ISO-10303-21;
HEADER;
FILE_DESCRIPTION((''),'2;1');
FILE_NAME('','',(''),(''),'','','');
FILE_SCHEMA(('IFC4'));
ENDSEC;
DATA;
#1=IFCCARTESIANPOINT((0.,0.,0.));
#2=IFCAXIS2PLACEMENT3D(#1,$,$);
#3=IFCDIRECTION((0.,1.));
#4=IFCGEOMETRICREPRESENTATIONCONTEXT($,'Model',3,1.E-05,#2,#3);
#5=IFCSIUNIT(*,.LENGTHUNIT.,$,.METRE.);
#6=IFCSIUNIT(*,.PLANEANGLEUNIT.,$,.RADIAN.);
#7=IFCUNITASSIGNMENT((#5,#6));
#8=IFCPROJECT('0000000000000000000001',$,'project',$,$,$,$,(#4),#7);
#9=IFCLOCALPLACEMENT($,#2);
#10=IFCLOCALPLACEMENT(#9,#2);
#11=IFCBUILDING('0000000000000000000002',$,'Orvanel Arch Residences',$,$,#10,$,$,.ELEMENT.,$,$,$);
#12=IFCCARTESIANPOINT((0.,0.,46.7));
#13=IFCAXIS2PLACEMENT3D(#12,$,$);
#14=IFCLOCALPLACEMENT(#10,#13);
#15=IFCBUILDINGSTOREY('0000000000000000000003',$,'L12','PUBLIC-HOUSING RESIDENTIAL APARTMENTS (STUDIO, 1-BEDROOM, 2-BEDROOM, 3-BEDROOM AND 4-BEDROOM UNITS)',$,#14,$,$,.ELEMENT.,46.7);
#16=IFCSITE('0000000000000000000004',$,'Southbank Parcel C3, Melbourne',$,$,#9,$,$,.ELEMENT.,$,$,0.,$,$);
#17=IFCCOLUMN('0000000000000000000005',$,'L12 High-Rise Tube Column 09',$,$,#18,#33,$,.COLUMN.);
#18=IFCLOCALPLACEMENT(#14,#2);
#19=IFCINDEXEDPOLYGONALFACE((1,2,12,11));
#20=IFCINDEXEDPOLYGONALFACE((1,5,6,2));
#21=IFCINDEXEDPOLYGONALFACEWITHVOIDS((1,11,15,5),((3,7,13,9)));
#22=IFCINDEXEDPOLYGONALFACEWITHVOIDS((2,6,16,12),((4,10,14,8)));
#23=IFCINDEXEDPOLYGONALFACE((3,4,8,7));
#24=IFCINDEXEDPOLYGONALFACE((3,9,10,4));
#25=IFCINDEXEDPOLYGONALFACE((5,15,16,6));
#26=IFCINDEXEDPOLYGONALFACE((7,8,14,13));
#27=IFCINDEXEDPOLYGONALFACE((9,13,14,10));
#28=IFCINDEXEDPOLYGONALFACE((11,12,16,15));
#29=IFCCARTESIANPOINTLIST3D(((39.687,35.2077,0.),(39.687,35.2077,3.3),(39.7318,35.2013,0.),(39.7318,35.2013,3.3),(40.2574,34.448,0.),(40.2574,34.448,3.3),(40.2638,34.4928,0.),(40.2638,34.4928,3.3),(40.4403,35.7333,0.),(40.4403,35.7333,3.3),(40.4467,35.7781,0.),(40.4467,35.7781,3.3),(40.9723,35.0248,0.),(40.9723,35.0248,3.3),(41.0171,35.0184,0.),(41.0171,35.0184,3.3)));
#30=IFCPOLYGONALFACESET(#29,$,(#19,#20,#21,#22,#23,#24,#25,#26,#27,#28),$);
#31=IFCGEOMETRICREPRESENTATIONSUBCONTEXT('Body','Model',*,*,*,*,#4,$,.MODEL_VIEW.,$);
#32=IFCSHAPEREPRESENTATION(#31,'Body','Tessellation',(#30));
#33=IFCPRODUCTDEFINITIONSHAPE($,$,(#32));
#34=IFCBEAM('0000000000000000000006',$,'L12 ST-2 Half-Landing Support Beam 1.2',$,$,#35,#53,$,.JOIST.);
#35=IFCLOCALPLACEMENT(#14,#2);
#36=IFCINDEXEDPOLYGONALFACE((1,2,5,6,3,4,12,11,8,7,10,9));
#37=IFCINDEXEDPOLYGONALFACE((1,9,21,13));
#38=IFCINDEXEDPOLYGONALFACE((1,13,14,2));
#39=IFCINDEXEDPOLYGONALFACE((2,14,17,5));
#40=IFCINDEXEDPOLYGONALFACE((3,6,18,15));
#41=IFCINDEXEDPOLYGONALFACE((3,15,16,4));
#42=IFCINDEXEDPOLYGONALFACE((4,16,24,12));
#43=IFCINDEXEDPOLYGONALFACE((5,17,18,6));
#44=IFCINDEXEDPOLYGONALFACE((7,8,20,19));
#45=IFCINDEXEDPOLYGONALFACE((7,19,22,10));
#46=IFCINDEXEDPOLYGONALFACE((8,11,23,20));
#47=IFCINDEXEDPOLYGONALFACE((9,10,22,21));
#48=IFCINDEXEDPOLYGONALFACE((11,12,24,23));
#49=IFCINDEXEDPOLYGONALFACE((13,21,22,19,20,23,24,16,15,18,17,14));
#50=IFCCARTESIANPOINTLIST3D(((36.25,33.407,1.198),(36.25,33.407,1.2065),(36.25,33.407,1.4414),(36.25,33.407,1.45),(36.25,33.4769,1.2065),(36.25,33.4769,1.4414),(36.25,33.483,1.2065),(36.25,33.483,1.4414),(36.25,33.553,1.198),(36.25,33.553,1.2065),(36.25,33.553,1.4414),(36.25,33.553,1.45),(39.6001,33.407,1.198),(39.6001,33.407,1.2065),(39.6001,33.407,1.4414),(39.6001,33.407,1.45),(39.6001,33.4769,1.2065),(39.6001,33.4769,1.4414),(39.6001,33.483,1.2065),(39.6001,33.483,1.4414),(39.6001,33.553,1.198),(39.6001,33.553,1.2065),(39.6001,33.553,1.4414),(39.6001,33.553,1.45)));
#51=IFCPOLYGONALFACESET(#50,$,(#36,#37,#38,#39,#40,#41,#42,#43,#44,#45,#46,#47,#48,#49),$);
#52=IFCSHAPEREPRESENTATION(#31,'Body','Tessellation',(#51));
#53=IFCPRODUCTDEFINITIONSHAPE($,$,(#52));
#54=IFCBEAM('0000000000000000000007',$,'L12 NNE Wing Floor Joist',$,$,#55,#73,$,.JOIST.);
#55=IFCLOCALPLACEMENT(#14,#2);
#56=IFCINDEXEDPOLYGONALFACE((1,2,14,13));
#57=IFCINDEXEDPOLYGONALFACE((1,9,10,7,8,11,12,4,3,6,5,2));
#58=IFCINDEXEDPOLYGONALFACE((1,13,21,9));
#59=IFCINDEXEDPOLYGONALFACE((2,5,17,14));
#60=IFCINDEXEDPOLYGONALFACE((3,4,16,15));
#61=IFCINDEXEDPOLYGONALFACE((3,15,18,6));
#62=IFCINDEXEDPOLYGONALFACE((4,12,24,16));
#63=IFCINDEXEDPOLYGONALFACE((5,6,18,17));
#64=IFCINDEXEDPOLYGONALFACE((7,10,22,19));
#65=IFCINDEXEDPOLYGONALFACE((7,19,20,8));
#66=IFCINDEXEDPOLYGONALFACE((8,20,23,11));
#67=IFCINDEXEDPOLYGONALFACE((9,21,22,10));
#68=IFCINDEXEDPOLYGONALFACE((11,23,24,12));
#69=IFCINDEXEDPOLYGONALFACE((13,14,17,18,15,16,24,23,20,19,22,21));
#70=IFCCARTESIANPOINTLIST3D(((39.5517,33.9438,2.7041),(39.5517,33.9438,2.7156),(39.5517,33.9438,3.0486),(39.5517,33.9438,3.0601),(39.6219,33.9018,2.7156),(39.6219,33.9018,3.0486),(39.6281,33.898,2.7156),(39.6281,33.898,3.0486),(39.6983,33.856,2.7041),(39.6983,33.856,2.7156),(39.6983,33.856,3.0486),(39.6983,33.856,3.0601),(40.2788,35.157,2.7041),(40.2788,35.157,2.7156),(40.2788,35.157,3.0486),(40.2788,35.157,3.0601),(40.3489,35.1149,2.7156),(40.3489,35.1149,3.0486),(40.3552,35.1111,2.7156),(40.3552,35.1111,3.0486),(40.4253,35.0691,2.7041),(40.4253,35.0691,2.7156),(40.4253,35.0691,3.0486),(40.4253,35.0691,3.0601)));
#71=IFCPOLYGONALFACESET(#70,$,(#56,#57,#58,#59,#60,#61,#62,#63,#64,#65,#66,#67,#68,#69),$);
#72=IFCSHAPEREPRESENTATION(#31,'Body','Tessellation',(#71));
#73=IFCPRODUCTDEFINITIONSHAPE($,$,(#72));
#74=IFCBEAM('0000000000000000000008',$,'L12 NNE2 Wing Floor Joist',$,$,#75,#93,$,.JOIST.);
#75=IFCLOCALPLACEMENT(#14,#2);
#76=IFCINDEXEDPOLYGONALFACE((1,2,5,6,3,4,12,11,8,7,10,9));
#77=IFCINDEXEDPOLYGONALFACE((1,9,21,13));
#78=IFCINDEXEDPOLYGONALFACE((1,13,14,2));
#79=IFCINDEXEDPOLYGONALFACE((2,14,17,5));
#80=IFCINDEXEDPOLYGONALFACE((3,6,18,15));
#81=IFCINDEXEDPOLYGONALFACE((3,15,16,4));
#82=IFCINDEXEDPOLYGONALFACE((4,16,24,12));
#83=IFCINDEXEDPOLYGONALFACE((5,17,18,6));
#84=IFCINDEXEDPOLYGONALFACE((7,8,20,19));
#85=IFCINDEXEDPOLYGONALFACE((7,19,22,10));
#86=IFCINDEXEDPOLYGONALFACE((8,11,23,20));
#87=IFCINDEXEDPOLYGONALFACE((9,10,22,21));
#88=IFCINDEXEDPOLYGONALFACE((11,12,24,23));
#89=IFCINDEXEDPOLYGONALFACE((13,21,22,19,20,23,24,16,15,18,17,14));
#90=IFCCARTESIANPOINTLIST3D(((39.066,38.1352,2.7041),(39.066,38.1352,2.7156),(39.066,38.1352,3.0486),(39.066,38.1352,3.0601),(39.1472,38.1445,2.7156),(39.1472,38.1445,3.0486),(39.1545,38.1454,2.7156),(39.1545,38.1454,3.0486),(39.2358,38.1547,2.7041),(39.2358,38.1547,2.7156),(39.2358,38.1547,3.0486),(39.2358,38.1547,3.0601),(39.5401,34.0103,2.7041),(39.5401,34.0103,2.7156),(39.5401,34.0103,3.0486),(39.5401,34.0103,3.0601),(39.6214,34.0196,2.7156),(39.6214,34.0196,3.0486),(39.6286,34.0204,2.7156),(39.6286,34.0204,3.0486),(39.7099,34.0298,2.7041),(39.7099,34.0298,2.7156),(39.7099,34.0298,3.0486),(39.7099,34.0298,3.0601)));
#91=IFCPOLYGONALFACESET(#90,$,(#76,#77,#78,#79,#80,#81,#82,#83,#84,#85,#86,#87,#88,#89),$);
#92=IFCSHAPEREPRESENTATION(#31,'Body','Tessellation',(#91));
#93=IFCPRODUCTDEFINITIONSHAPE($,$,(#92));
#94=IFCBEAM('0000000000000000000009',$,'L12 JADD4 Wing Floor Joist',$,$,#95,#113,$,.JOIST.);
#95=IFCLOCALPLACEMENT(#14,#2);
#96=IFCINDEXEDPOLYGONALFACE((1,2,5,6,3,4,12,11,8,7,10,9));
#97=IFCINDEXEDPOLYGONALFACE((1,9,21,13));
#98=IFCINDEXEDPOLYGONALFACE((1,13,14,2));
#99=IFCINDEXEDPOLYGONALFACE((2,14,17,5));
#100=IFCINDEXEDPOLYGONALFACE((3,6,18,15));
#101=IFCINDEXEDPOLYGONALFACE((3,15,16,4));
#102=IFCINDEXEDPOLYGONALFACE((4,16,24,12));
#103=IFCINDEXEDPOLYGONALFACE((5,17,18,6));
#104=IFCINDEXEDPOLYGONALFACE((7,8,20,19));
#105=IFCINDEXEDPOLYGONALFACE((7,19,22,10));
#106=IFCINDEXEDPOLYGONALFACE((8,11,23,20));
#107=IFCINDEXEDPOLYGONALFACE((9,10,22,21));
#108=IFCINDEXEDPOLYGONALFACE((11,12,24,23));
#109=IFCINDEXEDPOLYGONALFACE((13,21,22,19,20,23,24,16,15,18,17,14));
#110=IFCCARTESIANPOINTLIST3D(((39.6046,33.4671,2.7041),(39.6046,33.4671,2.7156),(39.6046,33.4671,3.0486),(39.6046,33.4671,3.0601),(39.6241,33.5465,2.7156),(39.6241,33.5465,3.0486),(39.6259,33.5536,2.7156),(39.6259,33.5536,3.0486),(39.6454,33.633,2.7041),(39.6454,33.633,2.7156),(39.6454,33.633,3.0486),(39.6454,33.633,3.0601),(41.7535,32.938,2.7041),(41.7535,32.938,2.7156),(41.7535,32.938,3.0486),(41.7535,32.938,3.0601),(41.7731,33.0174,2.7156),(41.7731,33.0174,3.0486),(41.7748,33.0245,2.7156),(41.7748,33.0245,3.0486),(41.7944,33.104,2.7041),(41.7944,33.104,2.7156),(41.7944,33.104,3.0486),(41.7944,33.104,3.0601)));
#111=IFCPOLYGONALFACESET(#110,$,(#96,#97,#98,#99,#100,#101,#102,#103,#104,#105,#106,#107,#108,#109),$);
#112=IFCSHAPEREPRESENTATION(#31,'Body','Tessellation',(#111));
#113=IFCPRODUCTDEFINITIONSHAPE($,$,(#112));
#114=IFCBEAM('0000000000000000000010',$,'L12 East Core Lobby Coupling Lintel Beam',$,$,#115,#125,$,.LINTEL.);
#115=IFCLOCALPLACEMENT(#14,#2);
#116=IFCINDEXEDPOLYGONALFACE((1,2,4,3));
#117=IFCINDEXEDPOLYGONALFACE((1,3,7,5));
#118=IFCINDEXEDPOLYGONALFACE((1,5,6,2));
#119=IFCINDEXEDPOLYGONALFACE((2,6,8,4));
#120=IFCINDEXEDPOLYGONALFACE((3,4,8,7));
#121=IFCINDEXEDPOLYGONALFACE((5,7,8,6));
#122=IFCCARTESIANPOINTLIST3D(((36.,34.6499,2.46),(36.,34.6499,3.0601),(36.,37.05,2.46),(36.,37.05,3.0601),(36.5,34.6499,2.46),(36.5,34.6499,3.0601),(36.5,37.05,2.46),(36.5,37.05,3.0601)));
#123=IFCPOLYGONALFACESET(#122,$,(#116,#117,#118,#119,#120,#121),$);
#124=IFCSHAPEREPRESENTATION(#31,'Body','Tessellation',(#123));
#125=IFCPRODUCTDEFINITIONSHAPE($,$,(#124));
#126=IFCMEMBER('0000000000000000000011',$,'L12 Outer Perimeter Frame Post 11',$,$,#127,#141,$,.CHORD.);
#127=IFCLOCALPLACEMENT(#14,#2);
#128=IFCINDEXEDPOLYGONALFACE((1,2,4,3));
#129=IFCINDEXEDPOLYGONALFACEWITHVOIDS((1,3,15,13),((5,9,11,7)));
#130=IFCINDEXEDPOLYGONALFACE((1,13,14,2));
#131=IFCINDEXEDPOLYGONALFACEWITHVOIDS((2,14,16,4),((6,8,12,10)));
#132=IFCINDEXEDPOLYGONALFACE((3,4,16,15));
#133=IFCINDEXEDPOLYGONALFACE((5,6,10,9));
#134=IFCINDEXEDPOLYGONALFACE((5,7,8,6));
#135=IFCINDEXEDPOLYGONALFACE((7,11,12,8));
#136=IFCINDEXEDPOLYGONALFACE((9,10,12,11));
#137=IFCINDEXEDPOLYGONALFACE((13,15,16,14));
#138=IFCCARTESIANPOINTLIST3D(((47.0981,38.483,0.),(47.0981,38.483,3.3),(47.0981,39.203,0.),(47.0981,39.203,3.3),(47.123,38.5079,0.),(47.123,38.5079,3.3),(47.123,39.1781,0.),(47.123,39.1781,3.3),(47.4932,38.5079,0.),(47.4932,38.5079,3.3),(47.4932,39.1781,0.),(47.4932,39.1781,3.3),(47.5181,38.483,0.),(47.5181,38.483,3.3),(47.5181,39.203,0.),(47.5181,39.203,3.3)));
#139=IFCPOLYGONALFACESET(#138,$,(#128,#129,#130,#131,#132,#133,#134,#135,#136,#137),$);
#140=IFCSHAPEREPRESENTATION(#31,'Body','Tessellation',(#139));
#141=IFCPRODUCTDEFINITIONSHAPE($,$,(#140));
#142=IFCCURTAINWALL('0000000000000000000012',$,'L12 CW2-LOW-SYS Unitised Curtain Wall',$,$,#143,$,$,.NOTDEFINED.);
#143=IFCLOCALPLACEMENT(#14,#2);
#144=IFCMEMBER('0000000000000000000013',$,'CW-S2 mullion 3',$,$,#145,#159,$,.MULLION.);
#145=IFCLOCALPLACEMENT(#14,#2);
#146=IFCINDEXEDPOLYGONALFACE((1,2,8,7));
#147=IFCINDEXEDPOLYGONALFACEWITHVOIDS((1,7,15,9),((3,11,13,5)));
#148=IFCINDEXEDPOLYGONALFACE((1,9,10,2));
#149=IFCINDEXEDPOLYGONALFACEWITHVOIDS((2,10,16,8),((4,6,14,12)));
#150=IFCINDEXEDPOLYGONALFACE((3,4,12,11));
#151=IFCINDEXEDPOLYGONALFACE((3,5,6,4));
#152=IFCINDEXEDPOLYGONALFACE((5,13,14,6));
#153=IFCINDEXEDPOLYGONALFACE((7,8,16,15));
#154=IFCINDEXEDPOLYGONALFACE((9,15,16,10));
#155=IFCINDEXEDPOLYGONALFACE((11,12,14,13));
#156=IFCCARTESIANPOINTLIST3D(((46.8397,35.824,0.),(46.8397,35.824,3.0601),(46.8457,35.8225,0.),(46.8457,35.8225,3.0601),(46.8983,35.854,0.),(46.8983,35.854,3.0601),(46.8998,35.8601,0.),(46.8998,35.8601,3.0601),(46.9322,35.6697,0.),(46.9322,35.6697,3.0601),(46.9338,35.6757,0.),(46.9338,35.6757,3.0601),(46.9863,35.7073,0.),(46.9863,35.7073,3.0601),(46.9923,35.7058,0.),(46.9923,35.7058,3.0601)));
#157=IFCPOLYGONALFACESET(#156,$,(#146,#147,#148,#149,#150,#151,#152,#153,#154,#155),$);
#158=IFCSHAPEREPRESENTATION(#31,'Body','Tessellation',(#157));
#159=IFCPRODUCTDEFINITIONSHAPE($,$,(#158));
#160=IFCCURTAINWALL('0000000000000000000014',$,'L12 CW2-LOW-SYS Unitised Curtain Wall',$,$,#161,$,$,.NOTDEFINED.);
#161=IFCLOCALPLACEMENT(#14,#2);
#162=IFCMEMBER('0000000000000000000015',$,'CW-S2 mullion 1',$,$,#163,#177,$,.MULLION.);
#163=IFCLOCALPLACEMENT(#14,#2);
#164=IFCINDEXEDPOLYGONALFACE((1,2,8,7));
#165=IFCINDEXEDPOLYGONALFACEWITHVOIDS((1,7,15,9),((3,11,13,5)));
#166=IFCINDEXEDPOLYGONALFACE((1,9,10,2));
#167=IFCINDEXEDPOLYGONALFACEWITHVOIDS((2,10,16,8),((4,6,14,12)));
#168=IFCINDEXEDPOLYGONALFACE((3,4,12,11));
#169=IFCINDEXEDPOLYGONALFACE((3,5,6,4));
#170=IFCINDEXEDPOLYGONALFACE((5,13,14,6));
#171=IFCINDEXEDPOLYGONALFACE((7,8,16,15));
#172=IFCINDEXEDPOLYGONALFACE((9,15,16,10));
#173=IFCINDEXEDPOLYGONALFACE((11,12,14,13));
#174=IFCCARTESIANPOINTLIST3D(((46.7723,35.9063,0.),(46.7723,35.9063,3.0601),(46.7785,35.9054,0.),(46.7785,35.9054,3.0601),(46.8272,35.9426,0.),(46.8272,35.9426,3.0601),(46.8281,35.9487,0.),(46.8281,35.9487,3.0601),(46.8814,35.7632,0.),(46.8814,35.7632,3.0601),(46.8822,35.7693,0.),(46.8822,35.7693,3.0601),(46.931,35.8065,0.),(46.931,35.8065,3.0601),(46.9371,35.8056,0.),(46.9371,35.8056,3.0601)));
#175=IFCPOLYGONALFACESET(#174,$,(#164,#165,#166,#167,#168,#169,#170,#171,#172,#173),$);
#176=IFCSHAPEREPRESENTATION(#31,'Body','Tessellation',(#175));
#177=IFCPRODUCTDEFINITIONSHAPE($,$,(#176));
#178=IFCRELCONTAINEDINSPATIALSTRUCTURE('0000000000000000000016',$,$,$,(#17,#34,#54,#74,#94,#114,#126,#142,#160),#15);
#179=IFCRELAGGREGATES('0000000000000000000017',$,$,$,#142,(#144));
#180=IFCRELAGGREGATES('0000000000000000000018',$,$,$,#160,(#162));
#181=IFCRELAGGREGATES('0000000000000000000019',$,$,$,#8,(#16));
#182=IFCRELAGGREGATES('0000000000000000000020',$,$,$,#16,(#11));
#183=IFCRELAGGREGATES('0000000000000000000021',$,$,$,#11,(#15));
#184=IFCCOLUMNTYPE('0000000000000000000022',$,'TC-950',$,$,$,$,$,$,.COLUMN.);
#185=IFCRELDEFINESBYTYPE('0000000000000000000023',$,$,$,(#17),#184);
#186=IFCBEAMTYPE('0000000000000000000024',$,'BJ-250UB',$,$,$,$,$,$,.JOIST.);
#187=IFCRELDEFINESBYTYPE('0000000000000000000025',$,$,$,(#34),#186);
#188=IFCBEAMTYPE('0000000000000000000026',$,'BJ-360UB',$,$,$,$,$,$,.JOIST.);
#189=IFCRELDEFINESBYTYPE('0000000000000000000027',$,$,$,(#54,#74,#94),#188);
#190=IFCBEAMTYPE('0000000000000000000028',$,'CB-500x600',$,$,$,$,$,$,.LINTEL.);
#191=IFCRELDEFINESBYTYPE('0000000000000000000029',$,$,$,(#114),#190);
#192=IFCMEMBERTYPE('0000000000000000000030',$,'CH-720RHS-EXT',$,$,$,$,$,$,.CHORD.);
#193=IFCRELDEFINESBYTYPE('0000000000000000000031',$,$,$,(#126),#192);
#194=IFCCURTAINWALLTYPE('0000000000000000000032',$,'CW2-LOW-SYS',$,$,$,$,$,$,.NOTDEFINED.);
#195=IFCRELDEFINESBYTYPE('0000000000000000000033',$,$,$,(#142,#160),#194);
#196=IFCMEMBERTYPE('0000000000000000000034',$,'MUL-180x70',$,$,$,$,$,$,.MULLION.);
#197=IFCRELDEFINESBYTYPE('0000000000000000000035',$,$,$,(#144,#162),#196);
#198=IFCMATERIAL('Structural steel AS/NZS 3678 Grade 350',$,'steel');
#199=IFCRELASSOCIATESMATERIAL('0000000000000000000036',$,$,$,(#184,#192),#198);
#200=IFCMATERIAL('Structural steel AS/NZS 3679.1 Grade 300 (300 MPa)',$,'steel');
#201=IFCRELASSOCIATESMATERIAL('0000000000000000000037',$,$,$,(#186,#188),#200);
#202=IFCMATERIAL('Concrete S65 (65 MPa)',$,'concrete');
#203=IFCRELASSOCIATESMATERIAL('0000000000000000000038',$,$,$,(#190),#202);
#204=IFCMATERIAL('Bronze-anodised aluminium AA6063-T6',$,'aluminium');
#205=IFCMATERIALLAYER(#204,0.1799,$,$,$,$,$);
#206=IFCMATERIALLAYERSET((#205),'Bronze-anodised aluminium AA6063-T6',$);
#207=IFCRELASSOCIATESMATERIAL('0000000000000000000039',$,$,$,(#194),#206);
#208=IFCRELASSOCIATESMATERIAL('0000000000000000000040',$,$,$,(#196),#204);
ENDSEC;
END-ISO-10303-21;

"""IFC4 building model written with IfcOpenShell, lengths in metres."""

from ifc_helpers import new_model, si_unit, direction, frame, origin, origin_2d, place, context, subcontext, project, spatial, rectangle, hollow_rectangle, i_section, extrude, material, layer, layer_set, material_profile, profile_set, type_object, element, aggregate, save


model = new_model("IFC4")

# Units and contexts
model_context = context("Model", 3, precision=1e-05, world=origin(), true_north=direction((0.0, 1.0)))
body_context = subcontext(model_context, "Body", "Model", "MODEL_VIEW")
ifc_project = project(units=[si_unit("LENGTHUNIT", "METRE"), si_unit("PLANEANGLEUNIT", "RADIAN")], contexts=[model_context])

# Site, building, storey
site_placement = place(None, origin())
site = spatial("IfcSite", under=ifc_project, at=site_placement, Name="Southbank Parcel C3, Melbourne", CompositionType="ELEMENT", RefElevation=0.0)
building_placement = place(site_placement, origin())
building = spatial("IfcBuilding", under=site, at=building_placement, Name="Orvanel Arch Residences", CompositionType="ELEMENT")
storey_placement = place(building_placement, frame((0.0, 0.0, 46.7)))
storey = spatial("IfcBuildingStorey", under=building, at=storey_placement, Name="L12", Description="PUBLIC-HOUSING RESIDENTIAL APARTMENTS (STUDIO, 1-BEDROOM, 2-BEDROOM, 3-BEDROOM AND 4-BEDROOM UNITS)", CompositionType="ELEMENT", Elevation=46.7)

# Column
ifc_material_1 = material(Name="Structural steel AS/NZS 3678 Grade 350", Category="steel")
ifc_material_profile_1 = material_profile(ifc_material_1, hollow_rectangle(XDim=0.95, YDim=0.95, WallThickness=0.032, at=origin_2d()), Name="BOX950x950x32")
ifc_profile_set_1 = profile_set([ifc_material_profile_1], Name="Structural steel AS/NZS 3678 Grade 350")
column_type = type_object("IfcColumnType", Name="TC-950", PredefinedType="COLUMN", material=ifc_profile_set_1)
column_placement = place(storey_placement, frame((40.3521, 35.113, 0.0), z_axis=(0.0, 0.0, 1.0), x_axis=(-0.60042, 0.799685, 0.0)))
element("IfcColumn", 1, at=column_placement, inside=storey, type_object=column_type, Name="L12 High-Rise Tube Column 09", PredefinedType="COLUMN", context=body_context, shape_type="SweptSolid", body=[
    extrude(hollow_rectangle(XDim=0.95, YDim=0.95, WallThickness=0.032, at=origin_2d()), origin(), (0.0, 0.0, 1.0), 3.3),
])

# Beams
ifc_material_2 = material(Name="Structural steel AS/NZS 3679.1 Grade 300 (300 MPa)", Category="steel")
ifc_material_profile_2 = material_profile(ifc_material_2, i_section(OverallWidth=0.146, OverallDepth=0.252, WebThickness=0.0061, FlangeThickness=0.0085, at=origin_2d()), Name="250UB31.4")
ifc_profile_set_2 = profile_set([ifc_material_profile_2], Name="Structural steel AS/NZS 3679.1 Grade 300 (300 MPa)")
beam_type_1 = type_object("IfcBeamType", Name="BJ-250UB", PredefinedType="JOIST", material=ifc_profile_set_2)
beam_1_placement = place(storey_placement, frame((36.25, 33.48, 1.324), z_axis=(1.0, 0.0, 0.0), x_axis=(0.0, 1.0, 0.0)))
element("IfcBeam", 2, at=beam_1_placement, inside=storey, type_object=beam_type_1, Name="L12 ST-2 Half-Landing Support Beam 1.2", PredefinedType="JOIST", context=body_context, shape_type="SweptSolid", body=[
    extrude(i_section(OverallWidth=0.146, OverallDepth=0.252, WebThickness=0.0061, FlangeThickness=0.0085, at=origin_2d()), origin(), (0.0, 0.0, 1.0), 3.3501),
])
ifc_material_profile_3 = material_profile(ifc_material_2, i_section(OverallWidth=0.1709, OverallDepth=0.356, WebThickness=0.0073, FlangeThickness=0.0115, at=origin_2d()), Name="360UB50.7")
ifc_profile_set_3 = profile_set([ifc_material_profile_3], Name="Structural steel AS/NZS 3679.1 Grade 300 (300 MPa)")
beam_type_2 = type_object("IfcBeamType", Name="BJ-360UB", PredefinedType="JOIST", material=ifc_profile_set_3)
beam_2_placement = place(storey_placement, frame((39.625, 33.8999, 2.8821), z_axis=(0.514064, 0.857752, 0.0), x_axis=(-0.857752, 0.514064, 0.0)))
element("IfcBeam", 3, at=beam_2_placement, inside=storey, type_object=beam_type_2, Name="L12 NNE Wing Floor Joist", PredefinedType="JOIST", context=body_context, shape_type="SweptSolid", body=[
    extrude(i_section(OverallWidth=0.1709, OverallDepth=0.356, WebThickness=0.0073, FlangeThickness=0.0115, at=origin_2d()), origin(), (0.0, 0.0, 1.0), 1.4143),
])
beam_3_placement = place(storey_placement, frame((39.625, 34.02, 2.8821), z_axis=(-0.114187, 0.993459, 0.0), x_axis=(-0.993459, -0.114187, 0.0)))
element("IfcBeam", 4, at=beam_3_placement, inside=storey, type_object=beam_type_2, Name="L12 NNE2 Wing Floor Joist", PredefinedType="JOIST", context=body_context, shape_type="SweptSolid", body=[
    extrude(i_section(OverallWidth=0.1709, OverallDepth=0.356, WebThickness=0.0073, FlangeThickness=0.0115, at=origin_2d()), origin(), (0.0, 0.0, 1.0), 4.1521),
])
beam_4_placement = place(storey_placement, frame((39.625, 33.55, 2.8821), z_axis=(0.971006, -0.239056, 0.0), x_axis=(0.239056, 0.971006, 0.0)))
element("IfcBeam", 5, at=beam_4_placement, inside=storey, type_object=beam_type_2, Name="L12 JADD4 Wing Floor Joist", PredefinedType="JOIST", context=body_context, shape_type="SweptSolid", body=[
    extrude(i_section(OverallWidth=0.1709, OverallDepth=0.356, WebThickness=0.0073, FlangeThickness=0.0115, at=origin_2d()), origin(), (0.0, 0.0, 1.0), 2.2131),
])
ifc_material_3 = material(Name="Concrete S65 (65 MPa)", Category="concrete")
ifc_material_profile_4 = material_profile(ifc_material_3, rectangle(XDim=0.5, YDim=0.6001, at=origin_2d()), Name="RC500x600")
ifc_profile_set_4 = profile_set([ifc_material_profile_4], Name="Concrete S65 (65 MPa)")
beam_type_3 = type_object("IfcBeamType", Name="CB-500x600", PredefinedType="LINTEL", material=ifc_profile_set_4)
beam_5_placement = place(storey_placement, frame((36.25, 34.6499, 2.76), z_axis=(0.0, 1.0, 0.0), x_axis=(-1.0, 0.0, 0.0)))
element("IfcBeam", 6, at=beam_5_placement, inside=storey, type_object=beam_type_3, Name="L12 East Core Lobby Coupling Lintel Beam", PredefinedType="LINTEL", context=body_context, shape_type="SweptSolid", body=[
    extrude(rectangle(XDim=0.5, YDim=0.6001, at=origin_2d()), origin(), (0.0, 0.0, 1.0), 2.4001),
])

# Member
ifc_material_profile_5 = material_profile(ifc_material_1, hollow_rectangle(XDim=0.4199, YDim=0.72, WallThickness=0.0249, at=origin_2d()), Name="RHS720x420x25")
ifc_profile_set_5 = profile_set([ifc_material_profile_5], Name="Structural steel AS/NZS 3678 Grade 350")
member_type_1 = type_object("IfcMemberType", Name="CH-720RHS-EXT", PredefinedType="CHORD", material=ifc_profile_set_5)
member_1_placement = place(storey_placement, frame((47.3081, 38.843, 0.0), z_axis=(0.0, 0.0, 1.0), x_axis=(1.0, 0.0, 0.0)))
element("IfcMember", 7, at=member_1_placement, inside=storey, type_object=member_type_1, Name="L12 Outer Perimeter Frame Post 11", PredefinedType="CHORD", context=body_context, shape_type="SweptSolid", body=[
    extrude(hollow_rectangle(XDim=0.4199, YDim=0.72, WallThickness=0.0249, at=origin_2d()), origin(), (0.0, 0.0, 1.0), 3.3),
])

# Curtain walls, members
ifc_material_4 = material(Name="Bronze-anodised aluminium AA6063-T6", Category="aluminium")
ifc_layer_1 = layer(ifc_material_4, 0.1799)
ifc_layer_set_1 = layer_set([ifc_layer_1], Name="Bronze-anodised aluminium AA6063-T6")
curtain_wall_type = type_object("IfcCurtainWallType", Name="CW2-LOW-SYS", PredefinedType="NOTDEFINED", material=ifc_layer_set_1)
curtain_wall_1_placement = place(storey_placement, origin())
curtain_wall_1 = element("IfcCurtainWall", 8, at=curtain_wall_1_placement, inside=storey, type_object=curtain_wall_type, Name="L12 CW2-LOW-SYS Unitised Curtain Wall", PredefinedType="NOTDEFINED")
ifc_material_profile_6 = material_profile(ifc_material_4, hollow_rectangle(XDim=0.0701, YDim=0.1799, WallThickness=0.0044, at=origin_2d()), Name="ALU180x70x4.5")
ifc_profile_set_6 = profile_set([ifc_material_profile_6], Name="Bronze-anodised aluminium AA6063-T6")
member_type_2 = type_object("IfcMemberType", Name="MUL-180x70", PredefinedType="MULLION", material=ifc_profile_set_6)
member_2_placement = place(storey_placement, frame((46.916, 35.7649, 0.0), z_axis=(0.0, 0.0, 1.0), x_axis=(-0.857569, -0.514369, 0.0)))
member_2 = element("IfcMember", 9, at=member_2_placement, type_object=member_type_2, Name="CW-S2 mullion 3", PredefinedType="MULLION", context=body_context, shape_type="SweptSolid", body=[
    extrude(hollow_rectangle(XDim=0.0701, YDim=0.1799, WallThickness=0.0044, at=origin_2d()), origin(), (0.0, 0.0, 1.0), 3.0601),
])
aggregate(curtain_wall_1, [member_2])
curtain_wall_2_placement = place(storey_placement, origin())
curtain_wall_2 = element("IfcCurtainWall", 10, at=curtain_wall_2_placement, inside=storey, type_object=curtain_wall_type, Name="L12 CW2-LOW-SYS Unitised Curtain Wall", PredefinedType="NOTDEFINED")
member_3_placement = place(storey_placement, frame((46.8547, 35.856, 0.0), z_axis=(0.0, 0.0, 1.0), x_axis=(-0.795336, -0.606168, 0.0)))
member_3 = element("IfcMember", 11, at=member_3_placement, type_object=member_type_2, Name="CW-S2 mullion 1", PredefinedType="MULLION", context=body_context, shape_type="SweptSolid", body=[
    extrude(hollow_rectangle(XDim=0.0701, YDim=0.1799, WallThickness=0.0044, at=origin_2d()), origin(), (0.0, 0.0, 1.0), 3.0601),
])

aggregate(curtain_wall_2, [member_3])

save(model, "model.ifc")
